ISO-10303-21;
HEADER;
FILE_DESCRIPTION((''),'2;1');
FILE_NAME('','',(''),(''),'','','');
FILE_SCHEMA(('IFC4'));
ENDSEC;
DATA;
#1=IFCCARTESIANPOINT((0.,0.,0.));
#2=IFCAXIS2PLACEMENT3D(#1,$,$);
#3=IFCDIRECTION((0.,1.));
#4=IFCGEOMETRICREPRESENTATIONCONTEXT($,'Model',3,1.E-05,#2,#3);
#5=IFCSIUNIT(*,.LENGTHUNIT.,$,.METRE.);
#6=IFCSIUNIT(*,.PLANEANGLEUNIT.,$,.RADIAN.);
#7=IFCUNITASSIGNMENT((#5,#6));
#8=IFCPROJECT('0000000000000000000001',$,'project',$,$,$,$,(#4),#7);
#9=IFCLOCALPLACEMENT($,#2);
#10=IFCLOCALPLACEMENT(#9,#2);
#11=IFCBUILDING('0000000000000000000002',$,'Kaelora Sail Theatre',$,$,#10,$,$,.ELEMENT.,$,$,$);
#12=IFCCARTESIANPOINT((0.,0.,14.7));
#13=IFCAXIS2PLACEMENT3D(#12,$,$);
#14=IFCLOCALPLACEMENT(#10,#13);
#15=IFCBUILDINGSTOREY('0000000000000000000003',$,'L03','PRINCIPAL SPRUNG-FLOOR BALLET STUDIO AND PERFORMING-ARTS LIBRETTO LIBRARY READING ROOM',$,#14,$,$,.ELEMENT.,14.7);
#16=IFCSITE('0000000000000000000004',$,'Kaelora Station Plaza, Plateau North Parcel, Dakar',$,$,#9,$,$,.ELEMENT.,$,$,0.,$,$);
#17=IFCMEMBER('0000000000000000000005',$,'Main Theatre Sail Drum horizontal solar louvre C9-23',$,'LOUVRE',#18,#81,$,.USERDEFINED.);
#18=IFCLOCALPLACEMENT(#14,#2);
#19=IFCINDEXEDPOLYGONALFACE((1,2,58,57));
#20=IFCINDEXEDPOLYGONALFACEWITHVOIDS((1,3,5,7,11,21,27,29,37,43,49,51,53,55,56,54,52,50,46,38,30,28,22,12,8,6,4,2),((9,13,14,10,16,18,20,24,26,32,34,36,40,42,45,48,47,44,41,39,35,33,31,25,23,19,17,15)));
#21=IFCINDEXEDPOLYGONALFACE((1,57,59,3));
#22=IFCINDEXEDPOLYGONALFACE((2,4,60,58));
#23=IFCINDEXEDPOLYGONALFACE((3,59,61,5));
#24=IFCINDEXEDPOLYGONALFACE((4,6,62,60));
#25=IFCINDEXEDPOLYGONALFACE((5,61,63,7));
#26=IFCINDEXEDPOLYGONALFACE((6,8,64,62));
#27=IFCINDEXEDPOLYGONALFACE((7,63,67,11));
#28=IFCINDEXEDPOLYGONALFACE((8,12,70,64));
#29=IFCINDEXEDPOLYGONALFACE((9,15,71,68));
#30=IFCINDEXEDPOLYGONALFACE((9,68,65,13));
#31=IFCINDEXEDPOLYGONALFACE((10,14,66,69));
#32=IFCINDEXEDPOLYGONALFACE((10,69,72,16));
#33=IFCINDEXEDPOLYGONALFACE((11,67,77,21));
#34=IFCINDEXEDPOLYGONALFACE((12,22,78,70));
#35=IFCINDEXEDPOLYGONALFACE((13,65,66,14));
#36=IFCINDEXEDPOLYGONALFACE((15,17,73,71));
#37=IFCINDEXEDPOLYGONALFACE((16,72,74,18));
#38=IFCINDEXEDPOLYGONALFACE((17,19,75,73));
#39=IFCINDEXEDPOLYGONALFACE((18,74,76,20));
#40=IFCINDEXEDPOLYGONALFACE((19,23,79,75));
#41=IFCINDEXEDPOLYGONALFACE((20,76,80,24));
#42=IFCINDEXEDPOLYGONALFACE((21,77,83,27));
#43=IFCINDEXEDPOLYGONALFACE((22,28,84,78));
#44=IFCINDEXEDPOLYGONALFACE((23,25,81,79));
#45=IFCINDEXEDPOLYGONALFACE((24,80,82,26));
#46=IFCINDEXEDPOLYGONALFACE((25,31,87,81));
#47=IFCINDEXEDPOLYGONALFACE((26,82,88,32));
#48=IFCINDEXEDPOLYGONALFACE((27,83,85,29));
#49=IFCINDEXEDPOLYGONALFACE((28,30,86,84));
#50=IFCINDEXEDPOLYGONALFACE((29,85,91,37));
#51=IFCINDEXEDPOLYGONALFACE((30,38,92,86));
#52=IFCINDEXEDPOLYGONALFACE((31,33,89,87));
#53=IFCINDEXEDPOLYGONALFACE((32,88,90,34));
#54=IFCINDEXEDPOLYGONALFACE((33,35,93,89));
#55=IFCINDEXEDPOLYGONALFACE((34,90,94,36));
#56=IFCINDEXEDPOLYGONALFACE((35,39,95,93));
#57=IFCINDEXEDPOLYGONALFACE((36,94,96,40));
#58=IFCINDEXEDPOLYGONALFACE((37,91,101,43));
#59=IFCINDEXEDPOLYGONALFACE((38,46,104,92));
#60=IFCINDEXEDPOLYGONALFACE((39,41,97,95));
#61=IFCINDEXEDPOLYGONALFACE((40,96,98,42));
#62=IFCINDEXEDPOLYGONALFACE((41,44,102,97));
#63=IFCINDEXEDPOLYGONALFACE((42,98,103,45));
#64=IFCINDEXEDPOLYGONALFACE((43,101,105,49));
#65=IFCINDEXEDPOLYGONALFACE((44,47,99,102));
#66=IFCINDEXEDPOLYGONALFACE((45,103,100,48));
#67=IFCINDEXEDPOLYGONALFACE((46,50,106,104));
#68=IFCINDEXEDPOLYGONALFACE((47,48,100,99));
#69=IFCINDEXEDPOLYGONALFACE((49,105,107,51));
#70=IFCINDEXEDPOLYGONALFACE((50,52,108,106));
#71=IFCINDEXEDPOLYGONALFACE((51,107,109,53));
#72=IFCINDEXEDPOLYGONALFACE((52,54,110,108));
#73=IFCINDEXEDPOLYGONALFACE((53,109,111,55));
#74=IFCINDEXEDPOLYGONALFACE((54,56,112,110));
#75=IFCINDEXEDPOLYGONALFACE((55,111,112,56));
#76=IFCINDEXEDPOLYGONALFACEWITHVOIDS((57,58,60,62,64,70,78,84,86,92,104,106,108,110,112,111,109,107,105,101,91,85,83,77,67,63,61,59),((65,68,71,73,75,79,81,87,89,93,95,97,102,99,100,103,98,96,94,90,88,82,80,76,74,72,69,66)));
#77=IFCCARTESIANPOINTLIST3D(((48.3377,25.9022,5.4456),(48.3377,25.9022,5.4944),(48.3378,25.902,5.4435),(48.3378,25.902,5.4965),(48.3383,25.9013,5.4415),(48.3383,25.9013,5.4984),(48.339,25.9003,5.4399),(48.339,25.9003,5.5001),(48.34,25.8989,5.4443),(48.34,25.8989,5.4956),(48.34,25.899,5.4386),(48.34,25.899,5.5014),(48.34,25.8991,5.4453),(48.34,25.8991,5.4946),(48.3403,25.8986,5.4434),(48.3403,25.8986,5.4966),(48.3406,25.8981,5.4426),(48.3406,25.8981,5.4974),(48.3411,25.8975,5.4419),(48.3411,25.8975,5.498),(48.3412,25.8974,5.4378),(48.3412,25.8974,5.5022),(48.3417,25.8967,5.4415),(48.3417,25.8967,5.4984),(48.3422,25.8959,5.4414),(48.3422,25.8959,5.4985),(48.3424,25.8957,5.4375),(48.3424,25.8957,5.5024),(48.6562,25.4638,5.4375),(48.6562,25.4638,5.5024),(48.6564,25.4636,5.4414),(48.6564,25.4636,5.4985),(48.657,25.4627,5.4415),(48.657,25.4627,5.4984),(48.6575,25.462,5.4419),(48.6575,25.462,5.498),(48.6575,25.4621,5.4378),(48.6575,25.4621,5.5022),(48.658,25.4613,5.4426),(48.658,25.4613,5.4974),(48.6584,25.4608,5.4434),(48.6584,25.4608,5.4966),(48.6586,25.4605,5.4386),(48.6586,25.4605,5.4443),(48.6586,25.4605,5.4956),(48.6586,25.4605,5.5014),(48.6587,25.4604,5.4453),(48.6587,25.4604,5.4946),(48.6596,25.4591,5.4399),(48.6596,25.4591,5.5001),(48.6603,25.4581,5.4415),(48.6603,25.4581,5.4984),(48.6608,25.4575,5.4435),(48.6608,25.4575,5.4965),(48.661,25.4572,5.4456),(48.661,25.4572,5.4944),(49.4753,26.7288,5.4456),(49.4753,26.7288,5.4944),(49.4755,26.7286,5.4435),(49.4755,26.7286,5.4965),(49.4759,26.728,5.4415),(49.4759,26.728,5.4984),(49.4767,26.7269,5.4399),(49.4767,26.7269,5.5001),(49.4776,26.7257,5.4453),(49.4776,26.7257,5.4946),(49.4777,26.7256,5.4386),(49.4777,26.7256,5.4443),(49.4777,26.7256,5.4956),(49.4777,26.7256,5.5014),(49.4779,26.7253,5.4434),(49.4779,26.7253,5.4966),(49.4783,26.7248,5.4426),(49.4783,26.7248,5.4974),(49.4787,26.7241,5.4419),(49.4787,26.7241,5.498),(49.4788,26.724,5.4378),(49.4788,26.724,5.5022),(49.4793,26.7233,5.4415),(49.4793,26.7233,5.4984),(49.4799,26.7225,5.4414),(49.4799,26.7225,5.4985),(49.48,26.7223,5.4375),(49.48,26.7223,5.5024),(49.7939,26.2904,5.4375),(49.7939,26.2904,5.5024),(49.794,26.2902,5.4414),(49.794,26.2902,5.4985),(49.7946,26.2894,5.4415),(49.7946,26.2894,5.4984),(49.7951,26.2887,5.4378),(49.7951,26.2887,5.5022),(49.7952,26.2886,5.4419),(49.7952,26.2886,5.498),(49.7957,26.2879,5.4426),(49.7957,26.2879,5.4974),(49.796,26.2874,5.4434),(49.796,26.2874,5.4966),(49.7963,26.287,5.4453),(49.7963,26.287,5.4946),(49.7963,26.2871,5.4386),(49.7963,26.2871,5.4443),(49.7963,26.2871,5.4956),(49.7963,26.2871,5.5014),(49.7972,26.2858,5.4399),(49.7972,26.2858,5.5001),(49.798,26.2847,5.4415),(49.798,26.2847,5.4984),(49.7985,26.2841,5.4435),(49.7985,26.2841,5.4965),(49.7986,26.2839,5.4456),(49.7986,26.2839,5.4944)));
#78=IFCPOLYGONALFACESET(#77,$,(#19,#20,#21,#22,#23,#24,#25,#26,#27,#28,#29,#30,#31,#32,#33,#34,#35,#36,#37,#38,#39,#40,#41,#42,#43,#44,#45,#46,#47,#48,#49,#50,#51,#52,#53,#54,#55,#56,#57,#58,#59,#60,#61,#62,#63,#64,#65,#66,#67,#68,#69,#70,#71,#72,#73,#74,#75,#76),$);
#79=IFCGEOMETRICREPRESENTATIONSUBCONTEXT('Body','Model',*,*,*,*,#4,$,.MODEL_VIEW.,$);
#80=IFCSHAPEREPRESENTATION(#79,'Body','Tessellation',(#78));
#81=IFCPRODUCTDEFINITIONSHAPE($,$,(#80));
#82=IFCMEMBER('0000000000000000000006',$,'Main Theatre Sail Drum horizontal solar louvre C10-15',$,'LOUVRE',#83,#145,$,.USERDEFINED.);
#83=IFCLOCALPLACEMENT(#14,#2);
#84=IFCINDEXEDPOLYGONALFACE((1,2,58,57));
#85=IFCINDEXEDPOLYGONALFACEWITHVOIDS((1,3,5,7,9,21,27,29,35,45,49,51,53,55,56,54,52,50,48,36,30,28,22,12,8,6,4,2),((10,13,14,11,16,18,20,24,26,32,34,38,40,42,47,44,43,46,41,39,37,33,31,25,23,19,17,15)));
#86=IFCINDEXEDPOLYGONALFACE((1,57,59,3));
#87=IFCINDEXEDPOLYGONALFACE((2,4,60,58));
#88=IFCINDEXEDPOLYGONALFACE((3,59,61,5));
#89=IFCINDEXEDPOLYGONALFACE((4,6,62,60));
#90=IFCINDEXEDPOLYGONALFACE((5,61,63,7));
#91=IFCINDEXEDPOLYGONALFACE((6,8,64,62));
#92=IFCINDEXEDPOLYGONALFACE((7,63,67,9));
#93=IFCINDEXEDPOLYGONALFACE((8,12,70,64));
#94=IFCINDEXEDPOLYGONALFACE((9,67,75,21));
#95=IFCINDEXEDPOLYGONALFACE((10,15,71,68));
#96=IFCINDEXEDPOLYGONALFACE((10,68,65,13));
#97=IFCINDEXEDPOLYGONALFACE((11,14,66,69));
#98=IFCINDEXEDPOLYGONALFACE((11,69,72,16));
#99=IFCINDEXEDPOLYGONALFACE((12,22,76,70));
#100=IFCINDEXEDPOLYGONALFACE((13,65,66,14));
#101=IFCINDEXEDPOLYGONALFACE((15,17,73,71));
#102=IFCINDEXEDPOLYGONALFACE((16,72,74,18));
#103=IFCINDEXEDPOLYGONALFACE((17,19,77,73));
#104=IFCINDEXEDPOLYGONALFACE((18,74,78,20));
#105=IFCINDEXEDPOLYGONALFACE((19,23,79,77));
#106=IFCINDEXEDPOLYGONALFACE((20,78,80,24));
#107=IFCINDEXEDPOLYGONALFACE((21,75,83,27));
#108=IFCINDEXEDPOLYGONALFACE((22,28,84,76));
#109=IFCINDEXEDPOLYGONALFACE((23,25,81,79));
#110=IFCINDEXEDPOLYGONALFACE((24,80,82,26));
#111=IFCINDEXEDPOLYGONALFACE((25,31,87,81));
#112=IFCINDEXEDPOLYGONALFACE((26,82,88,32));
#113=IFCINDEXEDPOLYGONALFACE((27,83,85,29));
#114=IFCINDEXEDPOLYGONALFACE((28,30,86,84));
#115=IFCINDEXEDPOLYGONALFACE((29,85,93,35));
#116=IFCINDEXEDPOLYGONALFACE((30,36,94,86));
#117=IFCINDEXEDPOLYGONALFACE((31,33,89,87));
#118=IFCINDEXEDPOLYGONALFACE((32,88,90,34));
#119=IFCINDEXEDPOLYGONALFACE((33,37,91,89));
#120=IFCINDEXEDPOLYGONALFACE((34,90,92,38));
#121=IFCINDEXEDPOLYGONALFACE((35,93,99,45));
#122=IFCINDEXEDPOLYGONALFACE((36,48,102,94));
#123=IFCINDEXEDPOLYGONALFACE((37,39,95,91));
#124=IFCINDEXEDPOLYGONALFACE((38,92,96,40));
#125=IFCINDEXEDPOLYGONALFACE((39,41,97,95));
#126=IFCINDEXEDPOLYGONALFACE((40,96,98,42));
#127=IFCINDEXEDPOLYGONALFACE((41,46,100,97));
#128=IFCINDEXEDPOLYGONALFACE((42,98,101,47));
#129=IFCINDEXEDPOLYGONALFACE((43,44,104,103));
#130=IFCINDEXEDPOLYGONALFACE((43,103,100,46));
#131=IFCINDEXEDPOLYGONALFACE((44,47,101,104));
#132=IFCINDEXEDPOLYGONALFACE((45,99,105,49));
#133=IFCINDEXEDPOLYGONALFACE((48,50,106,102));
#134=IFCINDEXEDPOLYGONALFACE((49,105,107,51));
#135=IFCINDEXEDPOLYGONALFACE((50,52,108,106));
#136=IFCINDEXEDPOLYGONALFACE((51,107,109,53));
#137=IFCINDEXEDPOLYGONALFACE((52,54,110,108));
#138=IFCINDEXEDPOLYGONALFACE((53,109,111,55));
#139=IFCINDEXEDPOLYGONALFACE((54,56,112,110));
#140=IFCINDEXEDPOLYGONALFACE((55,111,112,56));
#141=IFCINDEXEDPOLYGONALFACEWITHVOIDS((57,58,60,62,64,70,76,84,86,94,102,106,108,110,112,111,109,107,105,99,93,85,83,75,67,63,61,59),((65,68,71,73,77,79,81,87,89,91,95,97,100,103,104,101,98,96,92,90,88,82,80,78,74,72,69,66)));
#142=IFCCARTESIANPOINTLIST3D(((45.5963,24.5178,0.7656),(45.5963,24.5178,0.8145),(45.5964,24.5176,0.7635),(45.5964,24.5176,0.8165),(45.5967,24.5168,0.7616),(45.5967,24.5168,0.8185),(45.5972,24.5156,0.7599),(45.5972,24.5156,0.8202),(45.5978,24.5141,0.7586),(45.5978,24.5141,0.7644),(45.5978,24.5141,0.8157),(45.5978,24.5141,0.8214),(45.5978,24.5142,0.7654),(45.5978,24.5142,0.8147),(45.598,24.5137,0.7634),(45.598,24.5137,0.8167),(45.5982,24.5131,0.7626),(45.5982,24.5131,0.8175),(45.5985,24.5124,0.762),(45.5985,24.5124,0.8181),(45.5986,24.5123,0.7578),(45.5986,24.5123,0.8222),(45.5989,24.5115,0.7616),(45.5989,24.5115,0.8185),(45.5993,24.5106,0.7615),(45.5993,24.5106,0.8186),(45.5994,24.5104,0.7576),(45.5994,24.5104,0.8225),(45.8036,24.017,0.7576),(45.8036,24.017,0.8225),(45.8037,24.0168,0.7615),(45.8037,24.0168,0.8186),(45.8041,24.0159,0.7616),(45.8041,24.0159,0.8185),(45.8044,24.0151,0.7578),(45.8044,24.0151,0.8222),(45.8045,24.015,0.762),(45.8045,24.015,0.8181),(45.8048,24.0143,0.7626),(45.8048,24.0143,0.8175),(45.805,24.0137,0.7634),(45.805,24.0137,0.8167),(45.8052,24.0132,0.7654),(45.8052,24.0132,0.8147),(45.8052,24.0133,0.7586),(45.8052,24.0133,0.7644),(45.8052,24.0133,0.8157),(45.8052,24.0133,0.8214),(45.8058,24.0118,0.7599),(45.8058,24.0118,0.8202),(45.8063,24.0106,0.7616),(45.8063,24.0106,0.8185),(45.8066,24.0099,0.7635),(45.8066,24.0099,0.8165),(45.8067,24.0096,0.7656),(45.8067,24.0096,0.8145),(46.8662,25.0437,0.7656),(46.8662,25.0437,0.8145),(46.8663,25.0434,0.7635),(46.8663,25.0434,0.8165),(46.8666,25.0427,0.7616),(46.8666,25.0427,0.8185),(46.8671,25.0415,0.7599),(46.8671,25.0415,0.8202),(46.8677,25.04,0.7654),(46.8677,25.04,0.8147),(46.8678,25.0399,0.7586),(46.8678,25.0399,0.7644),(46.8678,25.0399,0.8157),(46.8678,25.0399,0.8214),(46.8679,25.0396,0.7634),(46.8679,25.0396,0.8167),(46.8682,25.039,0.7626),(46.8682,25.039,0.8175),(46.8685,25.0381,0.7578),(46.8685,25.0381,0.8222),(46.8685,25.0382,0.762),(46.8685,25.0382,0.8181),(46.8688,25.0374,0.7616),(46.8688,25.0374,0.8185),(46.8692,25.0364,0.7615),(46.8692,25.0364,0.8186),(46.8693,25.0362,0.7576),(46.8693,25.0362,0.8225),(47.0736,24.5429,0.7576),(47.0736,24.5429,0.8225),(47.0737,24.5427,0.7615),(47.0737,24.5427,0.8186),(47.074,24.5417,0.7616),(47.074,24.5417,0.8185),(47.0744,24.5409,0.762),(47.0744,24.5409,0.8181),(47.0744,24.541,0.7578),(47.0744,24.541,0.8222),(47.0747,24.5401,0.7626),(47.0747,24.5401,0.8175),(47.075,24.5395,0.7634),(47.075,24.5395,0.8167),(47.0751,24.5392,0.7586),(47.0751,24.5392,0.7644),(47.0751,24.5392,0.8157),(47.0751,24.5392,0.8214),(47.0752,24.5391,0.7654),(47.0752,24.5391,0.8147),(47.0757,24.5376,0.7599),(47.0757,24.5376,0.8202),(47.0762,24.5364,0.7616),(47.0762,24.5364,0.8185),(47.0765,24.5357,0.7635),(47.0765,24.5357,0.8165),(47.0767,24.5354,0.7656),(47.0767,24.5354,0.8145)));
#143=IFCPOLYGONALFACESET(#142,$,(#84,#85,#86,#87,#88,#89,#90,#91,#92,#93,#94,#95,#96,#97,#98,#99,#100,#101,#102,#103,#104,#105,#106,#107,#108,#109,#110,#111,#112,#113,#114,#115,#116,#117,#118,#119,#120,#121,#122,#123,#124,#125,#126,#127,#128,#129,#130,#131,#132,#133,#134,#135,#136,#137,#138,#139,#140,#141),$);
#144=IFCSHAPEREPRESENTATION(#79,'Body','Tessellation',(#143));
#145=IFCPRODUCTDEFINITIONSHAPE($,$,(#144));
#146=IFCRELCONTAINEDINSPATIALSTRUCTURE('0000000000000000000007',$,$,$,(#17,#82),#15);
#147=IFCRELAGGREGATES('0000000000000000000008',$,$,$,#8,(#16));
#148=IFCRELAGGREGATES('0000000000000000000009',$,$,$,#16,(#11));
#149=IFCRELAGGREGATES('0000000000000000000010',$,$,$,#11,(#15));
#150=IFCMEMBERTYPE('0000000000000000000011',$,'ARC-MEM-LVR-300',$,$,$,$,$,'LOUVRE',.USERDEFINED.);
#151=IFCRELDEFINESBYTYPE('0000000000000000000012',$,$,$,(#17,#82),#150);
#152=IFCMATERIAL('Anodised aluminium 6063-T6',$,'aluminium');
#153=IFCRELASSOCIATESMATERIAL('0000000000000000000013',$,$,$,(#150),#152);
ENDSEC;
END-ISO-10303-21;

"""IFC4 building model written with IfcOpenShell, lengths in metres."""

from ifc_helpers import new_model, si_unit, direction, frame, origin, origin_2d, place, context, subcontext, project, spatial, hollow_rectangle, extrude, material, material_profile, profile_set, type_object, element, save


model = new_model("IFC4")

# Units and contexts
model_context = context("Model", 3, precision=1e-05, world=origin(), true_north=direction((0.0, 1.0)))
body_context = subcontext(model_context, "Body", "Model", "MODEL_VIEW")
ifc_project = project(units=[si_unit("LENGTHUNIT", "METRE"), si_unit("PLANEANGLEUNIT", "RADIAN")], contexts=[model_context])

# Site, building, storey
site_placement = place(None, origin())
site = spatial("IfcSite", under=ifc_project, at=site_placement, Name="Kaelora Station Plaza, Plateau North Parcel, Dakar", CompositionType="ELEMENT", RefElevation=0.0)
building_placement = place(site_placement, origin())
building = spatial("IfcBuilding", under=site, at=building_placement, Name="Kaelora Sail Theatre", CompositionType="ELEMENT")
storey_placement = place(building_placement, frame((0.0, 0.0, 14.7)))
storey = spatial("IfcBuildingStorey", under=building, at=storey_placement, Name="L03", Description="PRINCIPAL SPRUNG-FLOOR BALLET STUDIO AND PERFORMING-ARTS LIBRETTO LIBRARY READING ROOM", CompositionType="ELEMENT", Elevation=14.7)

# Members
ifc_material_1 = material(Name="Anodised aluminium 6063-T6", Category="aluminium")
ifc_material_profile_1 = material_profile(ifc_material_1, hollow_rectangle(XDim=0.55, YDim=0.0649, WallThickness=0.0039, InnerFilletRadius=0.0039, OuterFilletRadius=0.0081, at=origin_2d()), Name="LOUVRE 550x65x4")
ifc_profile_set_1 = profile_set([ifc_material_profile_1], Name="Anodised aluminium 6063-T6")
member_type = type_object("IfcMemberType", Name="ARC-MEM-LVR-300", ElementType="LOUVRE", PredefinedType="USERDEFINED", material=ifc_profile_set_1)
for number, where, z_axis, x_axis, name in (
    (1, (49.637, 26.5063, 5.47), (-0.808991, -0.587821, 0.0), (0.587821, -0.808991, 0.0), "Main Theatre Sail Drum horizontal solar louvre C9-23"),
):
    element("IfcMember", number, at=place(storey_placement, frame(where, z_axis=z_axis, x_axis=x_axis)), inside=storey, type_object=member_type, Name=name, ObjectType="LOUVRE", PredefinedType="USERDEFINED", context=body_context, shape_type="SweptSolid", body=[
        extrude(hollow_rectangle(XDim=0.55, YDim=0.0649, WallThickness=0.0039, InnerFilletRadius=0.0039, OuterFilletRadius=0.0081, at=origin_2d()), origin(), (0.0, 0.0, 1.0), 1.4062),
    ])
for number, where, z_axis, x_axis, name in (
    (2, (46.9714, 24.7896, 0.79), (-0.923926, -0.382571, 0.0), (0.382571, -0.923926, 0.0), "Main Theatre Sail Drum horizontal solar louvre C10-15"),
):
    element("IfcMember", number, at=place(storey_placement, frame(where, z_axis=z_axis, x_axis=x_axis)), inside=storey, type_object=member_type, Name=name, ObjectType="LOUVRE", PredefinedType="USERDEFINED", context=body_context, shape_type="SweptSolid", body=[
        extrude(hollow_rectangle(XDim=0.55, YDim=0.0649, WallThickness=0.0039, InnerFilletRadius=0.0039, OuterFilletRadius=0.0081, at=origin_2d()), origin(), (0.0, 0.0, 1.0), 1.3745),
    ])

save(model, "model.ifc")
